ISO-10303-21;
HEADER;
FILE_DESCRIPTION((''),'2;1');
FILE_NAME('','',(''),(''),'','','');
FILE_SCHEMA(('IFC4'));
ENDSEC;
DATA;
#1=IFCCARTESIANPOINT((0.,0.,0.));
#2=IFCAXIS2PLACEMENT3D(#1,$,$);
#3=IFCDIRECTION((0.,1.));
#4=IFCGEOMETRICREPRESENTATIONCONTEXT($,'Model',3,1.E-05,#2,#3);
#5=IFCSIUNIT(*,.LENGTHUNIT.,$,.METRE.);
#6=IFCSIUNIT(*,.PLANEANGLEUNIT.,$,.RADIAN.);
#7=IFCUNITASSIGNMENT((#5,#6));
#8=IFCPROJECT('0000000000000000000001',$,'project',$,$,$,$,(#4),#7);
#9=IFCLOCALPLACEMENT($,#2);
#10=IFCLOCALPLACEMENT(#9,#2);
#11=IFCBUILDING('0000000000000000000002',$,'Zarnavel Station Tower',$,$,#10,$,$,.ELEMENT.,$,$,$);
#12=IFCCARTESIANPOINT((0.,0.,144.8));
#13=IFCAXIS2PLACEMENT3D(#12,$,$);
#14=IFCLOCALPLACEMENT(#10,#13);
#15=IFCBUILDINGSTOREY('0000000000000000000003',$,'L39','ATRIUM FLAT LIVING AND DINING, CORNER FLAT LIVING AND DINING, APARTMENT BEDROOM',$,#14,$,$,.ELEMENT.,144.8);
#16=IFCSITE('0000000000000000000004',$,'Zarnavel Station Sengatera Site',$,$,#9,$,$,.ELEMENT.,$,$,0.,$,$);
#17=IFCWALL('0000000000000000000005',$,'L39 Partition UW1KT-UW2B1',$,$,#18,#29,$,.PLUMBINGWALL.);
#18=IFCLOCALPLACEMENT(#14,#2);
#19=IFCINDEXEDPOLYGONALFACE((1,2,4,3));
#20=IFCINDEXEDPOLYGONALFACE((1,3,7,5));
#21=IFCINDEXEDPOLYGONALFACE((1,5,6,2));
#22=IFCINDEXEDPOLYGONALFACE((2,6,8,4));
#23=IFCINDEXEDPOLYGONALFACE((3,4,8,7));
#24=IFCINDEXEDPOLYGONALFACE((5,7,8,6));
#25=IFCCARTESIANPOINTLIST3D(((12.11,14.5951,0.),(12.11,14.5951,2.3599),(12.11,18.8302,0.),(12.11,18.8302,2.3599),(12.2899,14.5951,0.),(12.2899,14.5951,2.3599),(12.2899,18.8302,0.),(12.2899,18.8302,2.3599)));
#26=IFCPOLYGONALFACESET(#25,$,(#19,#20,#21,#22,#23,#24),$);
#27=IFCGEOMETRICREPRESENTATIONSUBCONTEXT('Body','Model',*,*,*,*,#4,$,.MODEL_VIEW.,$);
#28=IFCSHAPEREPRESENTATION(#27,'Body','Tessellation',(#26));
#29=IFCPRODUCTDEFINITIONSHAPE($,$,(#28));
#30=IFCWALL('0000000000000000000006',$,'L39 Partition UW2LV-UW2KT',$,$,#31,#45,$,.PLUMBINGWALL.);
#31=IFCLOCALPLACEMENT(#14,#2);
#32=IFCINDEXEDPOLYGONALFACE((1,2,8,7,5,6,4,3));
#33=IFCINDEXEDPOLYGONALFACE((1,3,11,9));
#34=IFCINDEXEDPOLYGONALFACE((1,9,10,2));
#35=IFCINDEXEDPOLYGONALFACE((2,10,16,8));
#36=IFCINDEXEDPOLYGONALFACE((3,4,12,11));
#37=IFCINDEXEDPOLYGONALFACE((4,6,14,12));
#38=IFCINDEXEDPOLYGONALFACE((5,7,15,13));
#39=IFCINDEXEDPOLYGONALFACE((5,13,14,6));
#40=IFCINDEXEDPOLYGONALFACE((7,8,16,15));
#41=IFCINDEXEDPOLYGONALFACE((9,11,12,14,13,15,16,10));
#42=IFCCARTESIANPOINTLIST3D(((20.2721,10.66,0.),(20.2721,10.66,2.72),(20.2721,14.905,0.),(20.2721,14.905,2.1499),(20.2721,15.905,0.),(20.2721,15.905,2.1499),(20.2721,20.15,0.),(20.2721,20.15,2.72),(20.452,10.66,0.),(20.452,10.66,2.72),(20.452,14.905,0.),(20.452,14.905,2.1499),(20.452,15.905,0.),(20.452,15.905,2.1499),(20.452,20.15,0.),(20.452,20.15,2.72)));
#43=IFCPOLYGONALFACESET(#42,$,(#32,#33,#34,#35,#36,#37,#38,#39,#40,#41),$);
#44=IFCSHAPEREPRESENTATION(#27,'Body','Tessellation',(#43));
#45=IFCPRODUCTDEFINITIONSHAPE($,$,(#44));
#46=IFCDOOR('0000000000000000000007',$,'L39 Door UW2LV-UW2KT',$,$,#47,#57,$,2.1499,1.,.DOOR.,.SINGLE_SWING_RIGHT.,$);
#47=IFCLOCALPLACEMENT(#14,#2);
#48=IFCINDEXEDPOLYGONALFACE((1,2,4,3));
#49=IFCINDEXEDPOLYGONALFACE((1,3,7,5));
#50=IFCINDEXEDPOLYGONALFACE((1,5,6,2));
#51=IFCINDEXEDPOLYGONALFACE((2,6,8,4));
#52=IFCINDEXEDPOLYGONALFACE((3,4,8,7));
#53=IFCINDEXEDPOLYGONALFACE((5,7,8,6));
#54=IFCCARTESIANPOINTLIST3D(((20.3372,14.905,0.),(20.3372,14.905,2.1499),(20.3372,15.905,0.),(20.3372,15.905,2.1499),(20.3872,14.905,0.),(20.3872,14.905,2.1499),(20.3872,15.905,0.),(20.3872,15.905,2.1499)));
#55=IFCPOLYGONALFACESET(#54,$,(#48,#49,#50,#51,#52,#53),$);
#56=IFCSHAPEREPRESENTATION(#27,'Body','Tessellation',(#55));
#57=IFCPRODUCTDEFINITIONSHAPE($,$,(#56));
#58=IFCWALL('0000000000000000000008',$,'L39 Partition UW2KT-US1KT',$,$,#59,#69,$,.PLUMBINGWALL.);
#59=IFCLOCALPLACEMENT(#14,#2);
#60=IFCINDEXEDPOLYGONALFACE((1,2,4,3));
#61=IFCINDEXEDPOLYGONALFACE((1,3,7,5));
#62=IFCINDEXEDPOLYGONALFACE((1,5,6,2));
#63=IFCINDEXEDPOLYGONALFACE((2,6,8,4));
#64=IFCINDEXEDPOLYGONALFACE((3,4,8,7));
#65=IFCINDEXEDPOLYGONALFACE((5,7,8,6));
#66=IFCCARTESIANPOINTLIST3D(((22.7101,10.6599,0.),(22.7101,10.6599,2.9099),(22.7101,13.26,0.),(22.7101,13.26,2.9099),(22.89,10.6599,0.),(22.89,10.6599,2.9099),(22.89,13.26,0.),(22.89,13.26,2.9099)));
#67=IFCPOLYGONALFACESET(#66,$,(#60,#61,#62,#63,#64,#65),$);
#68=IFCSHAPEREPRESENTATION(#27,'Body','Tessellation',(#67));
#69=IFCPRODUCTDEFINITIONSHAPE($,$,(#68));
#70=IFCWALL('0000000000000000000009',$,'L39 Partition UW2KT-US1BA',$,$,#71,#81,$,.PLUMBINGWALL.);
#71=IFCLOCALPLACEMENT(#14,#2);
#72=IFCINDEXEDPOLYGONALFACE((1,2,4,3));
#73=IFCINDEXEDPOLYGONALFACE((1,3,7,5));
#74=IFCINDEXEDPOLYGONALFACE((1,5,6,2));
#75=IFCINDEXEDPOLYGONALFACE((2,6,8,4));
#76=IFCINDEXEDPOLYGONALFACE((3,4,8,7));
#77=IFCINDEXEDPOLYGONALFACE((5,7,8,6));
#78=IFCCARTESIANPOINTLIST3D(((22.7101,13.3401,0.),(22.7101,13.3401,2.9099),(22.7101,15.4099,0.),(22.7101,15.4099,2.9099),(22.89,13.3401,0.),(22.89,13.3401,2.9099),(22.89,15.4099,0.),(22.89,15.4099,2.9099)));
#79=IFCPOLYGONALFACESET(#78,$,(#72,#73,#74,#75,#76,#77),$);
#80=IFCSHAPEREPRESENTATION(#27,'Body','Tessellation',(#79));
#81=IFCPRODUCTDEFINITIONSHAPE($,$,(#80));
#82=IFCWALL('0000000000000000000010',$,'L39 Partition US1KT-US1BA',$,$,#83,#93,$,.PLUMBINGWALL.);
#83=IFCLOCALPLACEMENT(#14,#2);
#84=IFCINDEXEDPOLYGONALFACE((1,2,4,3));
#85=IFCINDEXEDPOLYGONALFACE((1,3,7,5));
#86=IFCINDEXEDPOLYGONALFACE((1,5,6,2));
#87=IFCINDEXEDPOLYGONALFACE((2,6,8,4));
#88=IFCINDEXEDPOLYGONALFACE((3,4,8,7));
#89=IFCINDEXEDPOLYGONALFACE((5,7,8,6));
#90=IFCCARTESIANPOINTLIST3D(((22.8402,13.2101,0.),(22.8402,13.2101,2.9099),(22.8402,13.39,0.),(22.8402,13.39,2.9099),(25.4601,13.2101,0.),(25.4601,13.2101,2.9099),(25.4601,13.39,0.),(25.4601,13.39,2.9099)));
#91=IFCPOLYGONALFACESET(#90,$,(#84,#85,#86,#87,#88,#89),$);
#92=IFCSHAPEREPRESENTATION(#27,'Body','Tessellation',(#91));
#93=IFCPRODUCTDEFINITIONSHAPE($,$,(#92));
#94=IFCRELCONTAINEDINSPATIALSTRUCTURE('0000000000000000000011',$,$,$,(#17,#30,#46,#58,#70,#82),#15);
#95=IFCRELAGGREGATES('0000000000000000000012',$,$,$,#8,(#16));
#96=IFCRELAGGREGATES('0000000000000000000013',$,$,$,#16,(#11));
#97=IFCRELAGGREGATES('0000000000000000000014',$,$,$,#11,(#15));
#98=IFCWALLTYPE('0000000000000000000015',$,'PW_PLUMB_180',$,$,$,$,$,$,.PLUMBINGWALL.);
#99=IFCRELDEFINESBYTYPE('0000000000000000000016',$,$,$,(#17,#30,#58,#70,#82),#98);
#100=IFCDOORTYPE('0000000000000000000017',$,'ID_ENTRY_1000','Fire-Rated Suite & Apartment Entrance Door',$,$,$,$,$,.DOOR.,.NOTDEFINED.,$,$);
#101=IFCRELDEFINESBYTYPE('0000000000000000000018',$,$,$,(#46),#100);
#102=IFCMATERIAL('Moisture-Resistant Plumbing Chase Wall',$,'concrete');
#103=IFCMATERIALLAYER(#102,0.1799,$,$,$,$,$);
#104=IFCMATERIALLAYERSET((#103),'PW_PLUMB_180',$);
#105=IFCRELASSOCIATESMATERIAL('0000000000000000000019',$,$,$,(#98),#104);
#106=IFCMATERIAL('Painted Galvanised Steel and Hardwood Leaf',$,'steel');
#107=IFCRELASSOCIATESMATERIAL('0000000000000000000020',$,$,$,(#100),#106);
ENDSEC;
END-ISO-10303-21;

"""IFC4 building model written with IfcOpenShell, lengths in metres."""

from ifc_helpers import new_model, si_unit, direction, frame, frame_2d, origin, place, context, subcontext, project, spatial, rectangle, extrude, material, layer, layer_set, type_object, element, fill, save


model = new_model("IFC4")

# Units and contexts
model_context = context("Model", 3, precision=1e-05, world=origin(), true_north=direction((0.0, 1.0)))
body_context = subcontext(model_context, "Body", "Model", "MODEL_VIEW")
ifc_project = project(units=[si_unit("LENGTHUNIT", "METRE"), si_unit("PLANEANGLEUNIT", "RADIAN")], contexts=[model_context])

# Site, building, storey
site_placement = place(None, origin())
site = spatial("IfcSite", under=ifc_project, at=site_placement, Name="Zarnavel Station Sengatera Site", CompositionType="ELEMENT", RefElevation=0.0)
building_placement = place(site_placement, origin())
building = spatial("IfcBuilding", under=site, at=building_placement, Name="Zarnavel Station Tower", CompositionType="ELEMENT")
storey_placement = place(building_placement, frame((0.0, 0.0, 144.8)))
storey = spatial("IfcBuildingStorey", under=building, at=storey_placement, Name="L39", Description="ATRIUM FLAT LIVING AND DINING, CORNER FLAT LIVING AND DINING, APARTMENT BEDROOM", CompositionType="ELEMENT", Elevation=144.8)

# Wall
ifc_material_1 = material(Name="Moisture-Resistant Plumbing Chase Wall", Category="concrete")
ifc_layer_1 = layer(ifc_material_1, 0.1799)
ifc_layer_set_1 = layer_set([ifc_layer_1], Name="PW_PLUMB_180")
wall_type_1 = type_object("IfcWallType", Name="PW_PLUMB_180", PredefinedType="PLUMBINGWALL", material=ifc_layer_set_1)
wall_1_placement = place(storey_placement, frame((12.2, 14.595, 0.0), z_axis=(0.0, 0.0, 1.0), x_axis=(0.0, 1.0, 0.0)))
element("IfcWall", 1, at=wall_1_placement, inside=storey, type_object=wall_type_1, Name="L39 Partition UW1KT-UW2B1", PredefinedType="PLUMBINGWALL", context=body_context, shape_type="SweptSolid", body=[
    extrude(rectangle(XDim=4.2351, YDim=0.1799, at=frame_2d((2.1177, 0.0))), origin(), (0.0, 0.0, 1.0), 2.3599),
])

# Wall, opening, door
wall_2_placement = place(storey_placement, frame((20.3621, 10.6599, 0.0), z_axis=(0.0, 0.0, 1.0), x_axis=(0.0, 1.0, 0.0)))
wall_2 = element("IfcWall", 2, at=wall_2_placement, inside=storey, type_object=wall_type_1, Name="L39 Partition UW2LV-UW2KT", PredefinedType="PLUMBINGWALL", context=body_context, shape_type="SweptSolid", body=[
    extrude(rectangle(XDim=9.49, YDim=0.1799, at=frame_2d((4.7451, 0.0))), origin(), (0.0, 0.0, 1.0), 2.72),
])
opening_1_placement = place(wall_2_placement, frame((4.2451, 0.0, 0.0)))
opening_1 = element("IfcOpeningElement", 3, at=opening_1_placement, cuts=wall_2, PredefinedType="OPENING", context=body_context, shape_type="SweptSolid", body=[
    extrude(rectangle(XDim=1.0, YDim=2.1499, at=frame_2d((0.5, 1.075))), frame((0.0, 0.0999, 0.0), z_axis=(0.0, -1.0, 0.0), x_axis=(1.0, 0.0, 0.0)), (0.0, 0.0, 1.0), 0.2),
])
ifc_material_2 = material(Name="Painted Galvanised Steel and Hardwood Leaf", Category="steel")
door_type_1 = type_object("IfcDoorType", Name="ID_ENTRY_1000", Description="Fire-Rated Suite & Apartment Entrance Door", OperationType="NOTDEFINED", PredefinedType="DOOR", material=ifc_material_2)
door_1_placement = place(opening_1_placement, origin())
door_1 = element("IfcDoor", 4, at=door_1_placement, inside=storey, type_object=door_type_1, Name="L39 Door UW2LV-UW2KT", OperationType="SINGLE_SWING_RIGHT", OverallHeight=2.1499, OverallWidth=1.0, PredefinedType="DOOR", context=body_context, shape_type="SweptSolid", body=[
    extrude(rectangle(XDim=1.0, YDim=2.1499, at=frame_2d((0.5, 1.075))), frame((0.0, 0.0249, 0.0), z_axis=(0.0, -1.0, 0.0), x_axis=(1.0, 0.0, 0.0)), (0.0, 0.0, 1.0), 0.05),
])
fill(opening_1, door_1)

# Walls
wall_3_placement = place(storey_placement, frame((22.8, 10.6599, 0.0), z_axis=(0.0, 0.0, 1.0), x_axis=(0.0, 1.0, 0.0)))
element("IfcWall", 5, at=wall_3_placement, inside=storey, type_object=wall_type_1, Name="L39 Partition UW2KT-US1KT", PredefinedType="PLUMBINGWALL", context=body_context, shape_type="SweptSolid", body=[
    extrude(rectangle(XDim=2.6001, YDim=0.1799, at=frame_2d((1.3, 0.0))), origin(), (0.0, 0.0, 1.0), 2.9099),
])
wall_4_placement = place(storey_placement, frame((22.8, 13.3401, 0.0), z_axis=(0.0, 0.0, 1.0), x_axis=(0.0, 1.0, 0.0)))
element("IfcWall", 6, at=wall_4_placement, inside=storey, type_object=wall_type_1, Name="L39 Partition UW2KT-US1BA", PredefinedType="PLUMBINGWALL", context=body_context, shape_type="SweptSolid", body=[
    extrude(rectangle(XDim=2.0698, YDim=0.1799, at=frame_2d((1.0349, 0.0))), origin(), (0.0, 0.0, 1.0), 2.9099),
])
wall_5_placement = place(storey_placement, frame((22.8401, 13.3, 0.0), z_axis=(0.0, 0.0, 1.0), x_axis=(1.0, 0.0, 0.0)))
element("IfcWall", 7, at=wall_5_placement, inside=storey, type_object=wall_type_1, Name="L39 Partition US1KT-US1BA", PredefinedType="PLUMBINGWALL", context=body_context, shape_type="SweptSolid", body=[
    extrude(rectangle(XDim=2.6199, YDim=0.1799, at=frame_2d((1.3101, 0.0))), origin(), (0.0, 0.0, 1.0), 2.9099),
])

save(model, "model.ifc")
